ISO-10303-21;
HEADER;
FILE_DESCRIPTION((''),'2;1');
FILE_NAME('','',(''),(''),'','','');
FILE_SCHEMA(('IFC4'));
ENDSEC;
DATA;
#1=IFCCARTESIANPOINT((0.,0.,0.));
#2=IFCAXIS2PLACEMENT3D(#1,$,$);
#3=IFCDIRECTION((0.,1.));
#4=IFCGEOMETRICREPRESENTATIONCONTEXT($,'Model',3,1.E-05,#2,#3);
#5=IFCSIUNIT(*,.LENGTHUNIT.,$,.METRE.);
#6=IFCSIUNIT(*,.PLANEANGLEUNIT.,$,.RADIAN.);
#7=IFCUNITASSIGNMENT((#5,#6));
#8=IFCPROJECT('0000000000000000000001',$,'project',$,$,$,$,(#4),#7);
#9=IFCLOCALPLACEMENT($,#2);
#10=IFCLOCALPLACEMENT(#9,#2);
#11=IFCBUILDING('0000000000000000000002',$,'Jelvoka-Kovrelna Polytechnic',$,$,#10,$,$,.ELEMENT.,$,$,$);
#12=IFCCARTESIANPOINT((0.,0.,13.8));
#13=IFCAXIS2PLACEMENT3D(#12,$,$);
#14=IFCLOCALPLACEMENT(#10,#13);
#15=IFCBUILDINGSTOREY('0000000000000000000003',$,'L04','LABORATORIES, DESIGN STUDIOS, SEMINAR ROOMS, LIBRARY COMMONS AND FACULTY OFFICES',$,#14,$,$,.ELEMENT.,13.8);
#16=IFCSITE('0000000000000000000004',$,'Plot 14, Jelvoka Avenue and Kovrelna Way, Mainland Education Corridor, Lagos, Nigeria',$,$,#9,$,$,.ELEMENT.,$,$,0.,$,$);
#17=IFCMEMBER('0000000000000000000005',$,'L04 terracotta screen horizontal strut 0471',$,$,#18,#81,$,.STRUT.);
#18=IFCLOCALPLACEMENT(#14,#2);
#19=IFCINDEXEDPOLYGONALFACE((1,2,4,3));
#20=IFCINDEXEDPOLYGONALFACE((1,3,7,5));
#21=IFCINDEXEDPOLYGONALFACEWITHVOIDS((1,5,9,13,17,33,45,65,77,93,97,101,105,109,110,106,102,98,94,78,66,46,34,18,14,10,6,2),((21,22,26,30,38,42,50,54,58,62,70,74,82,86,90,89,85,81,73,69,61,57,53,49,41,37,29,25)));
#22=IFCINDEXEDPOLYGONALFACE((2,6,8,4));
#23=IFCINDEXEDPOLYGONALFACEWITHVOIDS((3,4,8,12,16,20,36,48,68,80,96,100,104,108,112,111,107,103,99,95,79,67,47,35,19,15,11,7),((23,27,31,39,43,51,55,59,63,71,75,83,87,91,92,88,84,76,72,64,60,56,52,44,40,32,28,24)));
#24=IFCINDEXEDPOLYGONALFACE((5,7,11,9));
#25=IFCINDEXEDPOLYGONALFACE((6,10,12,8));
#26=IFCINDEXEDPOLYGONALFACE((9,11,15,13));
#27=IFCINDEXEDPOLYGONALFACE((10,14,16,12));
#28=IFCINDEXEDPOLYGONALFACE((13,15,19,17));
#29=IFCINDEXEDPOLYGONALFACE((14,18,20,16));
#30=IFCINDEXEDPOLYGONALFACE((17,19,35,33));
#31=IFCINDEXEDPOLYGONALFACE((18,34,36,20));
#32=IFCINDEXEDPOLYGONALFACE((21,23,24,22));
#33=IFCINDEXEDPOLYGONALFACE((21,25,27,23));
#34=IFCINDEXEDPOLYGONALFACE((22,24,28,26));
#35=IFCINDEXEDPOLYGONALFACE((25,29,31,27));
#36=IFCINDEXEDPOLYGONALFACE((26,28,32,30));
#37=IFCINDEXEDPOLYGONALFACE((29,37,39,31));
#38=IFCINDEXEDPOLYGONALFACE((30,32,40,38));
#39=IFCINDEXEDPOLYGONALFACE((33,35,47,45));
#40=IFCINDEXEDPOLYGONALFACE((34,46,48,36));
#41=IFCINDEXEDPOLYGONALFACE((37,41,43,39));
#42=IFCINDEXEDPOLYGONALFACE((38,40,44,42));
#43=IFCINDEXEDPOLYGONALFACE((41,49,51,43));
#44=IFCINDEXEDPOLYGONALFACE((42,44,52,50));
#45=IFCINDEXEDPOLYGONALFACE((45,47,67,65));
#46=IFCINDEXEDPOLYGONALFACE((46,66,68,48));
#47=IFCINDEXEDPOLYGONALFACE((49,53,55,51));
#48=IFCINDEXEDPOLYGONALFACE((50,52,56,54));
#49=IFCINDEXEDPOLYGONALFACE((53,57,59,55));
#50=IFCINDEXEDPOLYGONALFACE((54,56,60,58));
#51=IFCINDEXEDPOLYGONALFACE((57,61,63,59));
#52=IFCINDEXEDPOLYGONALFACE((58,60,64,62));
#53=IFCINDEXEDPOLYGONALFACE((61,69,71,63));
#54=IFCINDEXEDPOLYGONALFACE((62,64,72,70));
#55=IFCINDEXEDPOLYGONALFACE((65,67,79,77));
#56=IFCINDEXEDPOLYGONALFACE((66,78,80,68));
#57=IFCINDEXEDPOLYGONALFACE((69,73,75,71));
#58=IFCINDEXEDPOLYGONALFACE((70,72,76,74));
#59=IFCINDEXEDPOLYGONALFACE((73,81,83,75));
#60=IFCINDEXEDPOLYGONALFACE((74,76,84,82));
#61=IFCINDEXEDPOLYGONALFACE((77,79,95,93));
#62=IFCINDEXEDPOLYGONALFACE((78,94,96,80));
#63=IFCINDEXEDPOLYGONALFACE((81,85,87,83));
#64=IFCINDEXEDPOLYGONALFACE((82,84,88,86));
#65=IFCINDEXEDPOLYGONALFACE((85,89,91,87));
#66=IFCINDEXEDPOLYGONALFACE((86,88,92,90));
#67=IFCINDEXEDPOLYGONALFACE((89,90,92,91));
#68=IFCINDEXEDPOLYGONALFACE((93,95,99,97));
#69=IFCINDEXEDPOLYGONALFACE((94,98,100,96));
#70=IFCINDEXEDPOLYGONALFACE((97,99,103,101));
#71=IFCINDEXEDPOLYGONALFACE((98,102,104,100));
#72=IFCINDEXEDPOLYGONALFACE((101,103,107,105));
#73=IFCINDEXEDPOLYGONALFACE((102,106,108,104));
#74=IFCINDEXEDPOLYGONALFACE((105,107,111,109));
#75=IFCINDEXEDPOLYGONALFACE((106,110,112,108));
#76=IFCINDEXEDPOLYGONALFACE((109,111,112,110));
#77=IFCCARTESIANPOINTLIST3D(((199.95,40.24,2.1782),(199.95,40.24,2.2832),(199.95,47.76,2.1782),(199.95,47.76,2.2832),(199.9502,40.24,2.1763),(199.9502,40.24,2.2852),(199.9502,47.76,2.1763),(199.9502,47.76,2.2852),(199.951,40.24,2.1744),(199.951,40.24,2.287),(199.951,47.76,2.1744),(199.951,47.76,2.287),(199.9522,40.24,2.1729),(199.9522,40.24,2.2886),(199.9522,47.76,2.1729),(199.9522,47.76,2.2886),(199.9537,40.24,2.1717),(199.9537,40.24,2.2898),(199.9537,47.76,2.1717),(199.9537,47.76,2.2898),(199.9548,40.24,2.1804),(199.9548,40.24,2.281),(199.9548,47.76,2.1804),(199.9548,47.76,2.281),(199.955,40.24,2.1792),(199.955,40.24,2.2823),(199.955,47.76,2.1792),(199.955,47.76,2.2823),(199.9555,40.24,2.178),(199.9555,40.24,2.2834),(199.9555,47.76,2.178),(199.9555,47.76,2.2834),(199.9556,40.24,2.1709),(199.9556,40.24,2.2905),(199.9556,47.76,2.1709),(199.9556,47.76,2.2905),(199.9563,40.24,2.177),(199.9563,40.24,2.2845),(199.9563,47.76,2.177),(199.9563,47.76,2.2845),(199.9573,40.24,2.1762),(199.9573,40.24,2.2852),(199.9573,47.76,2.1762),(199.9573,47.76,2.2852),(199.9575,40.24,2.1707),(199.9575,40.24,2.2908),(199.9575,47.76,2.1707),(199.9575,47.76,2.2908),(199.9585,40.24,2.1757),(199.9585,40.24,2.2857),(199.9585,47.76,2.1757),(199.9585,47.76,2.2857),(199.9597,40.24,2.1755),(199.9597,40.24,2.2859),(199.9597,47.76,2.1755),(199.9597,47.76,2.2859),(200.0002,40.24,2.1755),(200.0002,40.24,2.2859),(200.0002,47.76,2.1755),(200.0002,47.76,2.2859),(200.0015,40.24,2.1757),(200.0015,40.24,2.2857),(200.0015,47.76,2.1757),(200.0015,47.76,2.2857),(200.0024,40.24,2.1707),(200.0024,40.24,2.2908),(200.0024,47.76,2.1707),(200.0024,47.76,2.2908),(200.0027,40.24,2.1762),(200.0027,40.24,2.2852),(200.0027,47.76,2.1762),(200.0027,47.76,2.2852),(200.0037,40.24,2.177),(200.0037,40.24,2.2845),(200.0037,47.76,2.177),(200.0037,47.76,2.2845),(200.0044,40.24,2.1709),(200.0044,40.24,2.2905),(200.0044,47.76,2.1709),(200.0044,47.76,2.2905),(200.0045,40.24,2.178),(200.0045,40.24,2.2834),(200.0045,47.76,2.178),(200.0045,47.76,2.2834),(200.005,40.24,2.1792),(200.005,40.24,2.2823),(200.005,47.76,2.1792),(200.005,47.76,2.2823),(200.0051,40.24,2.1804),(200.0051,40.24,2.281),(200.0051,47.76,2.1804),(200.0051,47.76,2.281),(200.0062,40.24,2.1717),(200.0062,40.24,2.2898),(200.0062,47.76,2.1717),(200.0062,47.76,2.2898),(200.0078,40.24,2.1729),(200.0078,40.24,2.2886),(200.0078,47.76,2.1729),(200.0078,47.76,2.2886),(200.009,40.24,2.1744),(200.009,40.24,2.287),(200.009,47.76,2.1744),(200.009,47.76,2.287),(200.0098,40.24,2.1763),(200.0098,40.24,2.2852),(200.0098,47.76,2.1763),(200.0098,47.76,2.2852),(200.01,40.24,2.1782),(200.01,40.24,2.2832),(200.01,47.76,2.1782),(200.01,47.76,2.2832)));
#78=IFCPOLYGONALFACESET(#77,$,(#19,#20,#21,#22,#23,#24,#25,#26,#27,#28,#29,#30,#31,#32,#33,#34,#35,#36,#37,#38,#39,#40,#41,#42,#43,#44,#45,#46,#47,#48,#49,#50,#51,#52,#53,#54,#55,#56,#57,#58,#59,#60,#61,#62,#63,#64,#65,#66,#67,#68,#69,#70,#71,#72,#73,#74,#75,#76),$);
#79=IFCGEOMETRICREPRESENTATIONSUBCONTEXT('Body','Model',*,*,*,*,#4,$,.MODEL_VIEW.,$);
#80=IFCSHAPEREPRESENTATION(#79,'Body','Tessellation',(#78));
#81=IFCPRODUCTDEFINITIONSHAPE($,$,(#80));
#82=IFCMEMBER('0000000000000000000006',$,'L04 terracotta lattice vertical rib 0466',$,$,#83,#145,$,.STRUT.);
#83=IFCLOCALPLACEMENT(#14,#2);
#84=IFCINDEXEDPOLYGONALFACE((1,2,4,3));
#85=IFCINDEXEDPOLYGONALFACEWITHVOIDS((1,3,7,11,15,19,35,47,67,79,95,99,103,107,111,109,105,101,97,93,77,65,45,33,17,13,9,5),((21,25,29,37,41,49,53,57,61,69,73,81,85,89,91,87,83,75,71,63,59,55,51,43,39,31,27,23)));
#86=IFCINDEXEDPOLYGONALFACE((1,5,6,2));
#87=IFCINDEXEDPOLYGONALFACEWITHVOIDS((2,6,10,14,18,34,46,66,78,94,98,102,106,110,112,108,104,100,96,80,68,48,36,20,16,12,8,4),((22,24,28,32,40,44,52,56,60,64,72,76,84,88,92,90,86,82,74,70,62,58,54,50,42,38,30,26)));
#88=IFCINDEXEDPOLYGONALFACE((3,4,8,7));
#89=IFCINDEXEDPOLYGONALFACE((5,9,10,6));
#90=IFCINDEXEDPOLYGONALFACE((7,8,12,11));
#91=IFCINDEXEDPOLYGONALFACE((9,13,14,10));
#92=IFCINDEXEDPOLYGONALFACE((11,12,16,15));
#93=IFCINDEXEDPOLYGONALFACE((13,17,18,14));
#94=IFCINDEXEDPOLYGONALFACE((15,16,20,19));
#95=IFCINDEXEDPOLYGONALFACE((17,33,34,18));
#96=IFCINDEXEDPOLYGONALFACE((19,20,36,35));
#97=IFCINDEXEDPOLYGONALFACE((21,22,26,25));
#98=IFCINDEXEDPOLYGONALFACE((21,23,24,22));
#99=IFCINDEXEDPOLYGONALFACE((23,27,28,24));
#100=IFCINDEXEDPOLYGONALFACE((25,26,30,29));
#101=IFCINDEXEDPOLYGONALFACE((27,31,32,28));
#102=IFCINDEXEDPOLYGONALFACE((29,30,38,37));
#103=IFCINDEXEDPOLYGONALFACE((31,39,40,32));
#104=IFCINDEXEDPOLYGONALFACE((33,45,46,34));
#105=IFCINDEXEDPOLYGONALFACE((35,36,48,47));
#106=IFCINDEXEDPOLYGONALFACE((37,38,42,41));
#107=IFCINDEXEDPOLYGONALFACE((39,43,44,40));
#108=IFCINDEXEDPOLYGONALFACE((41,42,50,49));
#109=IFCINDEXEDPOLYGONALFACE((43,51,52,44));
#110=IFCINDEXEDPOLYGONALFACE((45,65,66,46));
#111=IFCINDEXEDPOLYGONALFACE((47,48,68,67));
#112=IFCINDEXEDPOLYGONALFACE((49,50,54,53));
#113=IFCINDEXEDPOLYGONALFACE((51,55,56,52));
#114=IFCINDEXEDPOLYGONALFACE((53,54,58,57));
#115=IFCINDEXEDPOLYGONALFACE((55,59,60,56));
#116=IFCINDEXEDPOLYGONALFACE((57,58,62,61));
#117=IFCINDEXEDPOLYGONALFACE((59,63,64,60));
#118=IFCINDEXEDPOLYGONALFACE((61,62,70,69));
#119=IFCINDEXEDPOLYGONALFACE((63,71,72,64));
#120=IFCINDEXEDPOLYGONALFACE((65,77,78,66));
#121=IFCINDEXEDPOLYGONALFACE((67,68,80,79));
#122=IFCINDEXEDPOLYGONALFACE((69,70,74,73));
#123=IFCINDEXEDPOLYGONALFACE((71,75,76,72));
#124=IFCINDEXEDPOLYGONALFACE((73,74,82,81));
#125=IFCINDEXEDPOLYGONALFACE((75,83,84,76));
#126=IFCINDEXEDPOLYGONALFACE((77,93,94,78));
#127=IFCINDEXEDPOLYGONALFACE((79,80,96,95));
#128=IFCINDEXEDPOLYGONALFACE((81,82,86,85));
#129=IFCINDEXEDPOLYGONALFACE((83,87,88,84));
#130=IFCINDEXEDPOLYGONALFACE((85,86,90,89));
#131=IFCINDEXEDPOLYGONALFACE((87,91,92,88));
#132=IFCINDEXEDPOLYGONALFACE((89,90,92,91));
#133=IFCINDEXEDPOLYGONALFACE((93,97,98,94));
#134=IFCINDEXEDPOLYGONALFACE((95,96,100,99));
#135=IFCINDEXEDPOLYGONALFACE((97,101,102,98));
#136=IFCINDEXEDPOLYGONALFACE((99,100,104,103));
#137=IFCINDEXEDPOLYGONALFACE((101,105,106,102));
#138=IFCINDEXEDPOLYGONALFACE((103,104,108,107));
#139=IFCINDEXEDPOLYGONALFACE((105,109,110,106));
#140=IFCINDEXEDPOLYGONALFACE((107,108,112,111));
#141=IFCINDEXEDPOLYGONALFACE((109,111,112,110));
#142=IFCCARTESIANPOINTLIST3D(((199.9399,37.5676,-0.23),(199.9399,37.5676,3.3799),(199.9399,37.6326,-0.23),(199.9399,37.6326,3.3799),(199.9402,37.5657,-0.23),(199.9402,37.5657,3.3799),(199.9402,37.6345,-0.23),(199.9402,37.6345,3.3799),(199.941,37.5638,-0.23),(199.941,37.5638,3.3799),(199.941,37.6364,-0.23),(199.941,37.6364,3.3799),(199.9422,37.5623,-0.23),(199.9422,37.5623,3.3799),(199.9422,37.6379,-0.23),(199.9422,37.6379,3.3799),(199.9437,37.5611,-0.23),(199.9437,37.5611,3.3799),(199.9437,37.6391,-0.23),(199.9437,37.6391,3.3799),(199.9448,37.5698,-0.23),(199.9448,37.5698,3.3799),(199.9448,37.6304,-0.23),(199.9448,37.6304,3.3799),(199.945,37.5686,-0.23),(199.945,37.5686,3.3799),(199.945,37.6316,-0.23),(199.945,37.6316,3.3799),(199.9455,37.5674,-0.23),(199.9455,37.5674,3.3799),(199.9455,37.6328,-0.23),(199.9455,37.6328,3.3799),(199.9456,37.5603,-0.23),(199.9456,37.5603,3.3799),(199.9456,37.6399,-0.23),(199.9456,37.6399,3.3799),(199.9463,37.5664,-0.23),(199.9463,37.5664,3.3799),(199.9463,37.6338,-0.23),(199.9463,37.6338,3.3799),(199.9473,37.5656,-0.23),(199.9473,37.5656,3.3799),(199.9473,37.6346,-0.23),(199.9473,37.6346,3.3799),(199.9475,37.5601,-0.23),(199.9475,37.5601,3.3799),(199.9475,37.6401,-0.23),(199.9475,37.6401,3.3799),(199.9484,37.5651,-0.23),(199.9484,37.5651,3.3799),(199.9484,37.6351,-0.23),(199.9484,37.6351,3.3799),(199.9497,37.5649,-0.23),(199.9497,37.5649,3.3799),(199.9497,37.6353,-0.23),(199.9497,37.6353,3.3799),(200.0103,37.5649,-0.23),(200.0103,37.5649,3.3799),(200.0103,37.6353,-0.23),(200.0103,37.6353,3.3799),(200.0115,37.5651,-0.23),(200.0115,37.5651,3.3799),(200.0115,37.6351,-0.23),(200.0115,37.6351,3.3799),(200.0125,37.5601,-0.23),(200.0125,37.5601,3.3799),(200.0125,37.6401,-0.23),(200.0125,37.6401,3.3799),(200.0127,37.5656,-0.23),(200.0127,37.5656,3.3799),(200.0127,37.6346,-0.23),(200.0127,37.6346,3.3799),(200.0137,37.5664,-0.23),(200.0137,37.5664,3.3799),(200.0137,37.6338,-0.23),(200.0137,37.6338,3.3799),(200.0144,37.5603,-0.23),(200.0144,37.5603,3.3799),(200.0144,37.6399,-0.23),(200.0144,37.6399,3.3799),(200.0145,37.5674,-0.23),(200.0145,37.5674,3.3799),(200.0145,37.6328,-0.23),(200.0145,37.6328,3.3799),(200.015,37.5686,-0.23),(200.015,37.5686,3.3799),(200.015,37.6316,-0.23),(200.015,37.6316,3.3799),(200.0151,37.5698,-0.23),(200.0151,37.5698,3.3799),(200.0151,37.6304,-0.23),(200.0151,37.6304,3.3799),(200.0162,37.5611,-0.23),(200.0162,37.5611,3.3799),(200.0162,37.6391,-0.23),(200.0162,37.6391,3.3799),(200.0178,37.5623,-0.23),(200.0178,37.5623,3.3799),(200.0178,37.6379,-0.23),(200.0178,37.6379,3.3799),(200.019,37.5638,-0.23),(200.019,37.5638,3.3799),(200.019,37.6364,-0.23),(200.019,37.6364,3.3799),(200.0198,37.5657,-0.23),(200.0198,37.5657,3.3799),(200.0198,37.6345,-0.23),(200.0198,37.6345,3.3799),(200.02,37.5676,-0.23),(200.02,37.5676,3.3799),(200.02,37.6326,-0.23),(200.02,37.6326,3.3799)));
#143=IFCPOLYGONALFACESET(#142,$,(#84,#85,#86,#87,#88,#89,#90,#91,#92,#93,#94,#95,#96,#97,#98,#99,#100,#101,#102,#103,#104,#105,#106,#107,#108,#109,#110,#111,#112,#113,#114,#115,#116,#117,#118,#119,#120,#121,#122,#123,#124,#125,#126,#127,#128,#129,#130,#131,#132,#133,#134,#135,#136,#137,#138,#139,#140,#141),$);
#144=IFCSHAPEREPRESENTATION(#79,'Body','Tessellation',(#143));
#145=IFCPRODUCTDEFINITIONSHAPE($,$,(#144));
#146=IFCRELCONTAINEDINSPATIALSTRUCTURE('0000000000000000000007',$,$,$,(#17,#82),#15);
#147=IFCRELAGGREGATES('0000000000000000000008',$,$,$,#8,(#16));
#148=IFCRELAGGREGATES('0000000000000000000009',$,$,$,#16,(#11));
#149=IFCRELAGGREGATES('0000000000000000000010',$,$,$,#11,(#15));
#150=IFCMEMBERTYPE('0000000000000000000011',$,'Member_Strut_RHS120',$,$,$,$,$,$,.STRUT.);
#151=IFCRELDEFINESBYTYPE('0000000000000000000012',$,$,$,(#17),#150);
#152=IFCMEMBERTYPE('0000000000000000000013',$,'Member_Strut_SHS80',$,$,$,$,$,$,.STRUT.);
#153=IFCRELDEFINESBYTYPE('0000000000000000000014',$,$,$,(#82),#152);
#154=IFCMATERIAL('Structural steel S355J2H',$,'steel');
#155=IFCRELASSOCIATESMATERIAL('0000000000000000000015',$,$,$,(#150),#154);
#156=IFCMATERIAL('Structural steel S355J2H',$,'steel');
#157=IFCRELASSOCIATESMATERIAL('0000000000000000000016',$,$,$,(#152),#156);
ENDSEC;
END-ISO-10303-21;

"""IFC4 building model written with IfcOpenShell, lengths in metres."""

from ifc_helpers import new_model, si_unit, direction, frame, origin, origin_2d, place, context, subcontext, project, spatial, hollow_rectangle, extrude, material, material_profile, profile_set, type_object, element, save


model = new_model("IFC4")

# Units and contexts
model_context = context("Model", 3, precision=1e-05, world=origin(), true_north=direction((0.0, 1.0)))
body_context = subcontext(model_context, "Body", "Model", "MODEL_VIEW")
ifc_project = project(units=[si_unit("LENGTHUNIT", "METRE"), si_unit("PLANEANGLEUNIT", "RADIAN")], contexts=[model_context])

# Site, building, storey
site_placement = place(None, origin())
site = spatial("IfcSite", under=ifc_project, at=site_placement, Name="Plot 14, Jelvoka Avenue and Kovrelna Way, Mainland Education Corridor, Lagos, Nigeria", CompositionType="ELEMENT", RefElevation=0.0)
building_placement = place(site_placement, origin())
building = spatial("IfcBuilding", under=site, at=building_placement, Name="Jelvoka-Kovrelna Polytechnic", CompositionType="ELEMENT")
storey_placement = place(building_placement, frame((0.0, 0.0, 13.8)))
storey = spatial("IfcBuildingStorey", under=building, at=storey_placement, Name="L04", Description="LABORATORIES, DESIGN STUDIOS, SEMINAR ROOMS, LIBRARY COMMONS AND FACULTY OFFICES", CompositionType="ELEMENT", Elevation=13.8)

# Members
ifc_material_1 = material(Name="Structural steel S355J2H", Category="steel")
ifc_material_profile_1 = material_profile(ifc_material_1, hollow_rectangle(XDim=0.0601, YDim=0.1201, WallThickness=0.0049, InnerFilletRadius=0.0049, OuterFilletRadius=0.0076, at=origin_2d()), Name="120x60x5.0 RHS")
ifc_profile_set_1 = profile_set([ifc_material_profile_1], Name="Structural steel S355J2H")
member_type_1 = type_object("IfcMemberType", Name="Member_Strut_RHS120", PredefinedType="STRUT", material=ifc_profile_set_1)
for number, where, z_axis, x_axis, name in (
    (1, (199.98, 40.24, 2.2307), (0.0, 1.0, 0.0), (-1.0, 0.0, 0.0), "L04 terracotta screen horizontal strut 0471"),
):
    element("IfcMember", number, at=place(storey_placement, frame(where, z_axis=z_axis, x_axis=x_axis)), inside=storey, type_object=member_type_1, Name=name, PredefinedType="STRUT", context=body_context, shape_type="SweptSolid", body=[
        extrude(hollow_rectangle(XDim=0.0601, YDim=0.1201, WallThickness=0.0049, InnerFilletRadius=0.0049, OuterFilletRadius=0.0076, at=origin_2d()), origin(), (0.0, 0.0, 1.0), 7.52),
    ])
ifc_material_2 = material(Name="Structural steel S355J2H", Category="steel")
ifc_material_profile_2 = material_profile(ifc_material_2, hollow_rectangle(XDim=0.0801, YDim=0.0801, WallThickness=0.0049, InnerFilletRadius=0.0049, OuterFilletRadius=0.0076, at=origin_2d()), Name="80x80x5.0 SHS")
ifc_profile_set_2 = profile_set([ifc_material_profile_2], Name="Structural steel S355J2H")
member_type_2 = type_object("IfcMemberType", Name="Member_Strut_SHS80", PredefinedType="STRUT", material=ifc_profile_set_2)
for number, where, z_axis, x_axis, name in (
    (2, (199.98, 37.6001, -0.23), (0.0, 0.0, 1.0), (1.0, 0.0, 0.0), "L04 terracotta lattice vertical rib 0466"),
):
    element("IfcMember", number, at=place(storey_placement, frame(where, z_axis=z_axis, x_axis=x_axis)), inside=storey, type_object=member_type_2, Name=name, PredefinedType="STRUT", context=body_context, shape_type="SweptSolid", body=[
        extrude(hollow_rectangle(XDim=0.0801, YDim=0.0801, WallThickness=0.0049, InnerFilletRadius=0.0049, OuterFilletRadius=0.0076, at=origin_2d()), origin(), (0.0, 0.0, 1.0), 3.6099),
    ])

save(model, "model.ifc")
